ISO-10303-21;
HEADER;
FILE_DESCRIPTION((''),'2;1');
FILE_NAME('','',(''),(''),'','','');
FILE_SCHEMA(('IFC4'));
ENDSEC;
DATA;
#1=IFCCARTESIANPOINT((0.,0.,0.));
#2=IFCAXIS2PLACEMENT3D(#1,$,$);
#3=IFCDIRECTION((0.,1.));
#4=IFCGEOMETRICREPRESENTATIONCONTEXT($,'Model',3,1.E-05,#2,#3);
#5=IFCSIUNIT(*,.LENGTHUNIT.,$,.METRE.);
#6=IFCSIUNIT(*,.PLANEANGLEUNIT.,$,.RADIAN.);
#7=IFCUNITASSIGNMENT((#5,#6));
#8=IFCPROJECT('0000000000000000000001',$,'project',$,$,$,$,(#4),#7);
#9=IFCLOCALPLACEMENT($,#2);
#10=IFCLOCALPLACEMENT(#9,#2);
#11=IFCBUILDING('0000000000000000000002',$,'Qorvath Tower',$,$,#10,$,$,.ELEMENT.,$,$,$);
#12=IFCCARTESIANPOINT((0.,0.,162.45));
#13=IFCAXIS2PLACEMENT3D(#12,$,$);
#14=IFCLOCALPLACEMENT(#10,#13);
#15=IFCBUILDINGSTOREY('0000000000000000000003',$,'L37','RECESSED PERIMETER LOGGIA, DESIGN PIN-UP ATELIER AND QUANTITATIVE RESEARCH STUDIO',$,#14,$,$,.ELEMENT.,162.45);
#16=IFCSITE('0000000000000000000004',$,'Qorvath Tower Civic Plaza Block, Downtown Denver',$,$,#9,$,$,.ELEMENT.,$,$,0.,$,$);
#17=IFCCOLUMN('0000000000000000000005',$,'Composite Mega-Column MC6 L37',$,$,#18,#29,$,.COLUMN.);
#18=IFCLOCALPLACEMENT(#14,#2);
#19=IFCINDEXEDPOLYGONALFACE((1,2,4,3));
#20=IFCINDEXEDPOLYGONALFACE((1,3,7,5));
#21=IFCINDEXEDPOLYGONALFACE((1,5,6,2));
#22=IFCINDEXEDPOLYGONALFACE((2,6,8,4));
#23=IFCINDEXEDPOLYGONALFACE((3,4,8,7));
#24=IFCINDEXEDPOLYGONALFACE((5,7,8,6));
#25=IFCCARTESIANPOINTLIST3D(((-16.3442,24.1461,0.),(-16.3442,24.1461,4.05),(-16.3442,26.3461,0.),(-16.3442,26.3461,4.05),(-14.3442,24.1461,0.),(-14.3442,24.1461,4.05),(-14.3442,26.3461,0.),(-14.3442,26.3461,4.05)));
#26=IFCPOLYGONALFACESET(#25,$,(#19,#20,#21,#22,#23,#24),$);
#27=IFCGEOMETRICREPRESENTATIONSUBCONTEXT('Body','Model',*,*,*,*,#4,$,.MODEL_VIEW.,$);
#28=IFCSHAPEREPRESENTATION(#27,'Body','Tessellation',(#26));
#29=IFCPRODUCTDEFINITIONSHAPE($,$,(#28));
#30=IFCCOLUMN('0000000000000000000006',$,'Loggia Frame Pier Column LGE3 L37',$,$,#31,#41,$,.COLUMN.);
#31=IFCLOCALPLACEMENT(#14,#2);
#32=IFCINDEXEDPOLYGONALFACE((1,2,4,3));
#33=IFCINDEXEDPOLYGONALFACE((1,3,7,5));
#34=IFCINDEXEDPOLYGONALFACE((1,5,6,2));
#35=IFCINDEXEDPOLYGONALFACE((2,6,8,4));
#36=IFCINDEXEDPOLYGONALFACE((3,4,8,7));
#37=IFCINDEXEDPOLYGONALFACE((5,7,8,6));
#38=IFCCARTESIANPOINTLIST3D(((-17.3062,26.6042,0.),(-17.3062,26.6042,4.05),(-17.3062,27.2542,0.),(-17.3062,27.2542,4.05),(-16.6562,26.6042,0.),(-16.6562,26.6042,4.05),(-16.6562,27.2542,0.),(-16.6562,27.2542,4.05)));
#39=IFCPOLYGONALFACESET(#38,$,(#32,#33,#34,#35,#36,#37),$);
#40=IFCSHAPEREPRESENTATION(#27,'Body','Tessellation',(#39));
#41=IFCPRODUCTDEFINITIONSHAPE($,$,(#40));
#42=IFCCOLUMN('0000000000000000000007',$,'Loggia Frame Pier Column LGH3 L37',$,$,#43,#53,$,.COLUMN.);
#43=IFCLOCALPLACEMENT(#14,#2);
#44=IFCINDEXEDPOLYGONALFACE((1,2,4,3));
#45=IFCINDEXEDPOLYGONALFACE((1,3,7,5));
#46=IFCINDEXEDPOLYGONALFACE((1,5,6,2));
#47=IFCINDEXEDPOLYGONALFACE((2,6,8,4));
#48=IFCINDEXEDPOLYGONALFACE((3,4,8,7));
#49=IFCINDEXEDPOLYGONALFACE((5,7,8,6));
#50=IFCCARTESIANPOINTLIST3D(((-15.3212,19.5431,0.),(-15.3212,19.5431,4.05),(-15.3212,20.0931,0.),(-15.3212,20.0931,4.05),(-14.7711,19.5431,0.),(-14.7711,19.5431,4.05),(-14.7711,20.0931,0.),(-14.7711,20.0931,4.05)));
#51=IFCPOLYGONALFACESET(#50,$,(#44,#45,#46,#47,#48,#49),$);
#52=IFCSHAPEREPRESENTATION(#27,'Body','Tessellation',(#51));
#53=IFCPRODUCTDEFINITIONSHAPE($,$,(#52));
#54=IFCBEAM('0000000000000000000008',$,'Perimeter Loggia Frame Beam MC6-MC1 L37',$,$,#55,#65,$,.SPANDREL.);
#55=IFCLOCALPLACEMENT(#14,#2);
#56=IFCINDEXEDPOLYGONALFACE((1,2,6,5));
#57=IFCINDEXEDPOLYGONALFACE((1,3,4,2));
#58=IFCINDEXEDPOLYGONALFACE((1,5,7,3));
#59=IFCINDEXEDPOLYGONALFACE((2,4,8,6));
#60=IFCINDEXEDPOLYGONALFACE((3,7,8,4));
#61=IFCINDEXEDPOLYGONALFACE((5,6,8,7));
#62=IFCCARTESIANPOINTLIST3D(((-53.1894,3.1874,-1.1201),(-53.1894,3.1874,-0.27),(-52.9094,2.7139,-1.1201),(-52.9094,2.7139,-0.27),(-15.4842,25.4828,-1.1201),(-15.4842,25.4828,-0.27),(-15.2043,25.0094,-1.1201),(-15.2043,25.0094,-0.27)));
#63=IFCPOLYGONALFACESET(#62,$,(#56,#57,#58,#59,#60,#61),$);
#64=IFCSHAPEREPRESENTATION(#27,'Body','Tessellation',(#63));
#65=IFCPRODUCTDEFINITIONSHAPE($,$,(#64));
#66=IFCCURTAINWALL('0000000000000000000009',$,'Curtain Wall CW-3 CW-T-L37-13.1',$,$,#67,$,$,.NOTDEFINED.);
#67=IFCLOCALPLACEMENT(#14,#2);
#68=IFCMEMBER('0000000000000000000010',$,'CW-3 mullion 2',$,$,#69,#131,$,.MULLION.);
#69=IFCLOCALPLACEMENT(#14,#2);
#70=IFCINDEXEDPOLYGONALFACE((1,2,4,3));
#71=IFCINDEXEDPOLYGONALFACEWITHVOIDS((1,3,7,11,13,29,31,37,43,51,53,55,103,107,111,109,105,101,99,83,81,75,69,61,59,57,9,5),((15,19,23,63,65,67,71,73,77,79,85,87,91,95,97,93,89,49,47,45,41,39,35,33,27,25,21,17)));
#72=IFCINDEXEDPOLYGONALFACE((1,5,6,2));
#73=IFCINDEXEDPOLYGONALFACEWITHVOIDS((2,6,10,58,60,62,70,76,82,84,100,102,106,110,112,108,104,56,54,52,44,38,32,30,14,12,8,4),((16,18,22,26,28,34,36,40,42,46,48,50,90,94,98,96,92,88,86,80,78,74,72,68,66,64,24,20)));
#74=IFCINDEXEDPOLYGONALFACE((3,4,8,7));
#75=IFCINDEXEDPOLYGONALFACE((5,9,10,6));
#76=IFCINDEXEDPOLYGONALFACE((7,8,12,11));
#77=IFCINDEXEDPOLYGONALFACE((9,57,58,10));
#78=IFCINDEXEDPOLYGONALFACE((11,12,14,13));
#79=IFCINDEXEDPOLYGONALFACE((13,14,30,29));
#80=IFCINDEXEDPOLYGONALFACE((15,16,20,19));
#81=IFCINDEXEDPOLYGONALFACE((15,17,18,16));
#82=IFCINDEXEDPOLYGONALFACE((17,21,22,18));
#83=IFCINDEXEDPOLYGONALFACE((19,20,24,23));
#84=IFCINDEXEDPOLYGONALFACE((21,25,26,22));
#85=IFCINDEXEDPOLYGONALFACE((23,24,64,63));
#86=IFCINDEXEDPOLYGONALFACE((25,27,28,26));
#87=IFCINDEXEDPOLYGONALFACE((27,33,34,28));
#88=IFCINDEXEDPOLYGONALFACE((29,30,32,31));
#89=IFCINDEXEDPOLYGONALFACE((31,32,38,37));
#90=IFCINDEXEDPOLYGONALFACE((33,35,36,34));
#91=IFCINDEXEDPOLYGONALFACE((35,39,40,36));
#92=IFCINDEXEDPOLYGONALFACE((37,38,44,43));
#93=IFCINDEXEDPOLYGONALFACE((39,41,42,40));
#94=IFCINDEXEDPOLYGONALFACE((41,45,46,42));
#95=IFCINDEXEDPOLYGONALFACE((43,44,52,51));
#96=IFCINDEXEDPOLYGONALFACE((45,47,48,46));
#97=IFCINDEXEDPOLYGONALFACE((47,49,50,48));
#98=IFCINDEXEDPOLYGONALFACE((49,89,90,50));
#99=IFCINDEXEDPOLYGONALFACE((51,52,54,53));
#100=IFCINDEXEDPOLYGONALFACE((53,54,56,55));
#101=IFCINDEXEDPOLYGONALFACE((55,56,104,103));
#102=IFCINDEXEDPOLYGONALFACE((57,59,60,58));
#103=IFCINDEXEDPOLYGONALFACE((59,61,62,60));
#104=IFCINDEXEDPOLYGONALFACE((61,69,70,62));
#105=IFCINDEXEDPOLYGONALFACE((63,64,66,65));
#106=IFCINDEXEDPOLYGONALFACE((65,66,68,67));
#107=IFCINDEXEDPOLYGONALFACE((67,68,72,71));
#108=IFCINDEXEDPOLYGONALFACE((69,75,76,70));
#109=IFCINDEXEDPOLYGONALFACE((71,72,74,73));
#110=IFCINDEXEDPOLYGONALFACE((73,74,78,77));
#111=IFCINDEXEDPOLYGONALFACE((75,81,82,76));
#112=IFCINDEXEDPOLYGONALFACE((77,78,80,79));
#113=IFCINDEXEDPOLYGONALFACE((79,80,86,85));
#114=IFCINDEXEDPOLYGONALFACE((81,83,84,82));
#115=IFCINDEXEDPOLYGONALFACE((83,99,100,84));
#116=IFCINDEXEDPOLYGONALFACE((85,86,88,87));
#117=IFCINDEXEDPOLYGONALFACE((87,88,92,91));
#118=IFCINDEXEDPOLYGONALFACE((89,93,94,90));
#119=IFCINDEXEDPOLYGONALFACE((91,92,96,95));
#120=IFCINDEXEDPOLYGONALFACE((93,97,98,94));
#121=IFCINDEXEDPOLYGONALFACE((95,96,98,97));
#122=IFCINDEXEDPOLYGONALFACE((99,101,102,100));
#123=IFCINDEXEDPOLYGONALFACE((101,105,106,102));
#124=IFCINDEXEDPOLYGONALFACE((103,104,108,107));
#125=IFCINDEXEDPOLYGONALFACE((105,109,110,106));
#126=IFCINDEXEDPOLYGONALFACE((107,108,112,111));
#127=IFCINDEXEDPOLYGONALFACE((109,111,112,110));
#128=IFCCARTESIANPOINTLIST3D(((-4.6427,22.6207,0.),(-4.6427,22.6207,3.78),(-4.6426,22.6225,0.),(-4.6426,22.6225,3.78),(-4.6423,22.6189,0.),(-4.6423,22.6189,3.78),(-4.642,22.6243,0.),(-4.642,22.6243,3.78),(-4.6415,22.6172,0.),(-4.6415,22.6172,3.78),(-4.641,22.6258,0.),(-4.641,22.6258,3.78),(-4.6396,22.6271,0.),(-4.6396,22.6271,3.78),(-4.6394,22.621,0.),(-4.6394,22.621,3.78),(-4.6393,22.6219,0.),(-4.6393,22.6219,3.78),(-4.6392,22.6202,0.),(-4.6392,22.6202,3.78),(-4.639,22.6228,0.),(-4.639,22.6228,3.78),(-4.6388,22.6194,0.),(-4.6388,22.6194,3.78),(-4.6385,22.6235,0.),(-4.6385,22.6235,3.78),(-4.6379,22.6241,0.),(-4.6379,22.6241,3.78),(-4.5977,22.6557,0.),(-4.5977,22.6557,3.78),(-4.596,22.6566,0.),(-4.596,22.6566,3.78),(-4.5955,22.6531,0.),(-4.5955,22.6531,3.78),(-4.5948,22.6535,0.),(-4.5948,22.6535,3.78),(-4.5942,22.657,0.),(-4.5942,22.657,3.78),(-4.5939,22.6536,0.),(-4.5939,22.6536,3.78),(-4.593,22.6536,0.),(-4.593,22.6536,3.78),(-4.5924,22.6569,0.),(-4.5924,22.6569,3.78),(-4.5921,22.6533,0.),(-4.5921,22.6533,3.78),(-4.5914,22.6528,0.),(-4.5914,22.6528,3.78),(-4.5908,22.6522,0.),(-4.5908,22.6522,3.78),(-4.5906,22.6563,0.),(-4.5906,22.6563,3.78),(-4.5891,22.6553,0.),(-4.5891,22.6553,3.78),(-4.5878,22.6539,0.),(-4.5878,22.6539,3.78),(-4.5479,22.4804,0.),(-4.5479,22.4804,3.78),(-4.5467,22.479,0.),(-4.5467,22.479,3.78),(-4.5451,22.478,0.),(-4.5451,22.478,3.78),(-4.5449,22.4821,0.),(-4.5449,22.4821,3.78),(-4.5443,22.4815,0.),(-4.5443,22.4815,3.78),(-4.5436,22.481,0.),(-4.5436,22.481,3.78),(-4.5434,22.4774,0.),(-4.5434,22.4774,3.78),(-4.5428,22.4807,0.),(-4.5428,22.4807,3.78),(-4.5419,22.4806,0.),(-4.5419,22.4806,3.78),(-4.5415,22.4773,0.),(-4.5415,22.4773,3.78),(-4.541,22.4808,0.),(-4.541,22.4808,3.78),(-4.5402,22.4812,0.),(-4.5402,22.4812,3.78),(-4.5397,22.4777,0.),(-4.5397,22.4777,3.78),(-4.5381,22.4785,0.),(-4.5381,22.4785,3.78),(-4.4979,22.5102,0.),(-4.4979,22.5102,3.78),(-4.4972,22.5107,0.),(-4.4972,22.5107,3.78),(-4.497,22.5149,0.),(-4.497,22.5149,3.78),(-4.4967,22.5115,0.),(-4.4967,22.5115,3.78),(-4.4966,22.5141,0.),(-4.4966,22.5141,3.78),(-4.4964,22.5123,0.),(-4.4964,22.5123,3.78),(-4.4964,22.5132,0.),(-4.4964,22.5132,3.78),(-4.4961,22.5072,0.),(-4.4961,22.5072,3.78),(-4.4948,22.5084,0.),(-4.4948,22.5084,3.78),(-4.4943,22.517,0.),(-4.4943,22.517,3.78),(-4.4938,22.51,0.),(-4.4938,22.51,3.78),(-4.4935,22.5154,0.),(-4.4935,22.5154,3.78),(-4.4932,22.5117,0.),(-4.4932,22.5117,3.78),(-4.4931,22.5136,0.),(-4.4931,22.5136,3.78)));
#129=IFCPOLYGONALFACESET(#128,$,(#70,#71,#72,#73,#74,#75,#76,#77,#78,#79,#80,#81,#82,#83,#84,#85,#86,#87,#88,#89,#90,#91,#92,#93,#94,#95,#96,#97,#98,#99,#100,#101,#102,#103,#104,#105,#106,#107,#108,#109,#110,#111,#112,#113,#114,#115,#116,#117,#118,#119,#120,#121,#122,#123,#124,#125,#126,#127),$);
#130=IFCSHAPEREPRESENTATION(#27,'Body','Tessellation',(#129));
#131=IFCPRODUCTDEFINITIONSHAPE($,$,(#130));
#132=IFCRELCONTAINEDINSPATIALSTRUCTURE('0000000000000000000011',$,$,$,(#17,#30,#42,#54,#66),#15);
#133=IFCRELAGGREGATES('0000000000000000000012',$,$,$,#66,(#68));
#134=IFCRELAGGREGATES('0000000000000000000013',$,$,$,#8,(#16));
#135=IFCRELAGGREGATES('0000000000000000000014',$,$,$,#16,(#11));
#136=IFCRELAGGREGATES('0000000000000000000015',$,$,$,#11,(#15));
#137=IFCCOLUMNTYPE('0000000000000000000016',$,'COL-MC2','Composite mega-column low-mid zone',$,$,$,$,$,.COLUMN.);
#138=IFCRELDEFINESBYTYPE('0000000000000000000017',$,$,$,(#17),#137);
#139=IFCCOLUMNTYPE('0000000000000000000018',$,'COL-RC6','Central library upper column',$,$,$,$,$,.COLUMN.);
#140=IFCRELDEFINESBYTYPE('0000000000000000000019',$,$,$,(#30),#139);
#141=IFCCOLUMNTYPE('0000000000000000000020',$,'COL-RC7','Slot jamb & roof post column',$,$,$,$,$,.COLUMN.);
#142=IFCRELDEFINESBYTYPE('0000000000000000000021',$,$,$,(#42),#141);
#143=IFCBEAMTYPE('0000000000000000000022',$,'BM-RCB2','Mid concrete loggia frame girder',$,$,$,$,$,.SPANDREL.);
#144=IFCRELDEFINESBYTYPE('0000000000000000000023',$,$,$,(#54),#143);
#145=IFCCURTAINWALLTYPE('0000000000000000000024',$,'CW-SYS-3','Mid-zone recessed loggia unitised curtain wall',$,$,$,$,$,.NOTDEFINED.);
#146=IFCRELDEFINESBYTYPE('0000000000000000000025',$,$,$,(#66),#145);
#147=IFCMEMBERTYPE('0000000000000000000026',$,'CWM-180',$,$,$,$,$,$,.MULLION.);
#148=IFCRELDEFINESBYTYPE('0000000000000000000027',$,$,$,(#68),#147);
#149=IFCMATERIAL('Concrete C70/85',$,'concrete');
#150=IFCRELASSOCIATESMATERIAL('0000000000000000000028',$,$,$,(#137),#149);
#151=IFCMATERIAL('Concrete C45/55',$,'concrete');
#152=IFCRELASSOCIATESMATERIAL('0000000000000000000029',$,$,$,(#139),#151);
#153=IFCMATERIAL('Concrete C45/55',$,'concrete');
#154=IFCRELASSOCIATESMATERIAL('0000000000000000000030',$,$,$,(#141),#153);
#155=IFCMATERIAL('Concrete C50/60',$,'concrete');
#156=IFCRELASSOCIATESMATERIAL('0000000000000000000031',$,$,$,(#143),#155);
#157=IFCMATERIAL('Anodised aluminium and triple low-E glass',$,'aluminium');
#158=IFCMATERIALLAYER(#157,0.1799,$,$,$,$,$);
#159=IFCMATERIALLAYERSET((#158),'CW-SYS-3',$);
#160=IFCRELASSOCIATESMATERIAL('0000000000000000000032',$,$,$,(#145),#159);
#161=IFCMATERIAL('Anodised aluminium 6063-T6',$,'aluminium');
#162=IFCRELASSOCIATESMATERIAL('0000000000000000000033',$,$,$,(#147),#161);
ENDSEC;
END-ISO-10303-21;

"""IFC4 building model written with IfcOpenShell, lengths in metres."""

from ifc_helpers import new_model, si_unit, direction, frame, origin, origin_2d, place, context, subcontext, project, spatial, rectangle, hollow_rectangle, extrude, material, layer, layer_set, material_profile, profile_set, type_object, element, aggregate, save


model = new_model("IFC4")

# Units and contexts
model_context = context("Model", 3, precision=1e-05, world=origin(), true_north=direction((0.0, 1.0)))
body_context = subcontext(model_context, "Body", "Model", "MODEL_VIEW")
ifc_project = project(units=[si_unit("LENGTHUNIT", "METRE"), si_unit("PLANEANGLEUNIT", "RADIAN")], contexts=[model_context])

# Site, building, storey
site_placement = place(None, origin())
site = spatial("IfcSite", under=ifc_project, at=site_placement, Name="Qorvath Tower Civic Plaza Block, Downtown Denver", CompositionType="ELEMENT", RefElevation=0.0)
building_placement = place(site_placement, origin())
building = spatial("IfcBuilding", under=site, at=building_placement, Name="Qorvath Tower", CompositionType="ELEMENT")
storey_placement = place(building_placement, frame((0.0, 0.0, 162.45)))
storey = spatial("IfcBuildingStorey", under=building, at=storey_placement, Name="L37", Description="RECESSED PERIMETER LOGGIA, DESIGN PIN-UP ATELIER AND QUANTITATIVE RESEARCH STUDIO", CompositionType="ELEMENT", Elevation=162.45)

# Columns
ifc_material_1 = material(Name="Concrete C70/85", Category="concrete")
ifc_material_profile_1 = material_profile(ifc_material_1, rectangle(XDim=2.0, YDim=2.2, at=origin_2d()), Name="MC 2200x2000")
ifc_profile_set_1 = profile_set([ifc_material_profile_1], Name="Concrete C70/85")
column_type_1 = type_object("IfcColumnType", Name="COL-MC2", Description="Composite mega-column low-mid zone", PredefinedType="COLUMN", material=ifc_profile_set_1)
column_1_placement = place(storey_placement, frame((-15.3442, 25.2461, 0.0), z_axis=(0.0, 0.0, 1.0), x_axis=(1.0, 0.0, 0.0)))
element("IfcColumn", 1, at=column_1_placement, inside=storey, type_object=column_type_1, Name="Composite Mega-Column MC6 L37", PredefinedType="COLUMN", context=body_context, shape_type="SweptSolid", body=[
    extrude(rectangle(XDim=2.0, YDim=2.2, at=origin_2d()), origin(), (0.0, 0.0, 1.0), 4.05),
])
ifc_material_2 = material(Name="Concrete C45/55", Category="concrete")
ifc_material_profile_2 = material_profile(ifc_material_2, rectangle(XDim=0.6499, YDim=0.6499, at=origin_2d()), Name="RC 650x650")
ifc_profile_set_2 = profile_set([ifc_material_profile_2], Name="Concrete C45/55")
column_type_2 = type_object("IfcColumnType", Name="COL-RC6", Description="Central library upper column", PredefinedType="COLUMN", material=ifc_profile_set_2)
column_2_placement = place(storey_placement, frame((-16.9812, 26.9292, 0.0), z_axis=(0.0, 0.0, 1.0), x_axis=(1.0, 0.0, 0.0)))
element("IfcColumn", 2, at=column_2_placement, inside=storey, type_object=column_type_2, Name="Loggia Frame Pier Column LGE3 L37", PredefinedType="COLUMN", context=body_context, shape_type="SweptSolid", body=[
    extrude(rectangle(XDim=0.6499, YDim=0.6499, at=origin_2d()), origin(), (0.0, 0.0, 1.0), 4.05),
])
ifc_material_3 = material(Name="Concrete C45/55", Category="concrete")
ifc_material_profile_3 = material_profile(ifc_material_3, rectangle(XDim=0.55, YDim=0.55, at=origin_2d()), Name="RC 550x550")
ifc_profile_set_3 = profile_set([ifc_material_profile_3], Name="Concrete C45/55")
column_type_3 = type_object("IfcColumnType", Name="COL-RC7", Description="Slot jamb & roof post column", PredefinedType="COLUMN", material=ifc_profile_set_3)
column_3_placement = place(storey_placement, frame((-15.0461, 19.8181, 0.0), z_axis=(0.0, 0.0, 1.0), x_axis=(1.0, 0.0, 0.0)))
element("IfcColumn", 3, at=column_3_placement, inside=storey, type_object=column_type_3, Name="Loggia Frame Pier Column LGH3 L37", PredefinedType="COLUMN", context=body_context, shape_type="SweptSolid", body=[
    extrude(rectangle(XDim=0.55, YDim=0.55, at=origin_2d()), origin(), (0.0, 0.0, 1.0), 4.05),
])

# Beam
ifc_material_4 = material(Name="Concrete C50/60", Category="concrete")
ifc_material_profile_4 = material_profile(ifc_material_4, rectangle(XDim=0.55, YDim=0.8501, at=origin_2d()), Name="RCB 850x550")
ifc_profile_set_4 = profile_set([ifc_material_profile_4], Name="Concrete C50/60")
beam_type = type_object("IfcBeamType", Name="BM-RCB2", Description="Mid concrete loggia frame girder", PredefinedType="SPANDREL", material=ifc_profile_set_4)
beam_placement = place(storey_placement, frame((-15.3442, 25.2461, -0.6951), z_axis=(-0.860775, -0.508985, 0.0), x_axis=(0.508985, -0.860775, 0.0)))
element("IfcBeam", 4, at=beam_placement, inside=storey, type_object=beam_type, Name="Perimeter Loggia Frame Beam MC6-MC1 L37", PredefinedType="SPANDREL", context=body_context, shape_type="SweptSolid", body=[
    extrude(rectangle(XDim=0.55, YDim=0.8501, at=origin_2d()), origin(), (0.0, 0.0, 1.0), 43.8037),
])

# Curtain wall, member
ifc_material_5 = material(Name="Anodised aluminium and triple low-E glass", Category="aluminium")
ifc_layer_1 = layer(ifc_material_5, 0.1799)
ifc_layer_set_1 = layer_set([ifc_layer_1], Name="CW-SYS-3")
curtain_wall_type = type_object("IfcCurtainWallType", Name="CW-SYS-3", Description="Mid-zone recessed loggia unitised curtain wall", PredefinedType="NOTDEFINED", material=ifc_layer_set_1)
curtain_wall_1_placement = place(storey_placement, origin())
curtain_wall_1 = element("IfcCurtainWall", 5, at=curtain_wall_1_placement, inside=storey, type_object=curtain_wall_type, Name="Curtain Wall CW-3 CW-T-L37-13.1", PredefinedType="NOTDEFINED")
ifc_material_6 = material(Name="Anodised aluminium 6063-T6", Category="aluminium")
ifc_material_profile_5 = material_profile(ifc_material_6, hollow_rectangle(XDim=0.0649, YDim=0.1799, WallThickness=0.0034, InnerFilletRadius=0.0034, OuterFilletRadius=0.0071, at=origin_2d()), Name="CWM 180x65")
ifc_profile_set_5 = profile_set([ifc_material_profile_5], Name="Anodised aluminium 6063-T6")
member_type_1 = type_object("IfcMemberType", Name="CWM-180", PredefinedType="MULLION", material=ifc_profile_set_5)
member_1_placement = place(storey_placement, frame((-4.5679, 22.5671, 0.0), z_axis=(0.0, 0.0, 1.0), x_axis=(-0.82556, -0.564314, 0.0)))
member_1 = element("IfcMember", 6, at=member_1_placement, type_object=member_type_1, Name="CW-3 mullion 2", PredefinedType="MULLION", context=body_context, shape_type="SweptSolid", body=[
    extrude(hollow_rectangle(XDim=0.0649, YDim=0.1799, WallThickness=0.0034, InnerFilletRadius=0.0034, OuterFilletRadius=0.0071, at=origin_2d()), origin(), (0.0, 0.0, 1.0), 3.78),
])

aggregate(curtain_wall_1, [member_1])

save(model, "model.ifc")
